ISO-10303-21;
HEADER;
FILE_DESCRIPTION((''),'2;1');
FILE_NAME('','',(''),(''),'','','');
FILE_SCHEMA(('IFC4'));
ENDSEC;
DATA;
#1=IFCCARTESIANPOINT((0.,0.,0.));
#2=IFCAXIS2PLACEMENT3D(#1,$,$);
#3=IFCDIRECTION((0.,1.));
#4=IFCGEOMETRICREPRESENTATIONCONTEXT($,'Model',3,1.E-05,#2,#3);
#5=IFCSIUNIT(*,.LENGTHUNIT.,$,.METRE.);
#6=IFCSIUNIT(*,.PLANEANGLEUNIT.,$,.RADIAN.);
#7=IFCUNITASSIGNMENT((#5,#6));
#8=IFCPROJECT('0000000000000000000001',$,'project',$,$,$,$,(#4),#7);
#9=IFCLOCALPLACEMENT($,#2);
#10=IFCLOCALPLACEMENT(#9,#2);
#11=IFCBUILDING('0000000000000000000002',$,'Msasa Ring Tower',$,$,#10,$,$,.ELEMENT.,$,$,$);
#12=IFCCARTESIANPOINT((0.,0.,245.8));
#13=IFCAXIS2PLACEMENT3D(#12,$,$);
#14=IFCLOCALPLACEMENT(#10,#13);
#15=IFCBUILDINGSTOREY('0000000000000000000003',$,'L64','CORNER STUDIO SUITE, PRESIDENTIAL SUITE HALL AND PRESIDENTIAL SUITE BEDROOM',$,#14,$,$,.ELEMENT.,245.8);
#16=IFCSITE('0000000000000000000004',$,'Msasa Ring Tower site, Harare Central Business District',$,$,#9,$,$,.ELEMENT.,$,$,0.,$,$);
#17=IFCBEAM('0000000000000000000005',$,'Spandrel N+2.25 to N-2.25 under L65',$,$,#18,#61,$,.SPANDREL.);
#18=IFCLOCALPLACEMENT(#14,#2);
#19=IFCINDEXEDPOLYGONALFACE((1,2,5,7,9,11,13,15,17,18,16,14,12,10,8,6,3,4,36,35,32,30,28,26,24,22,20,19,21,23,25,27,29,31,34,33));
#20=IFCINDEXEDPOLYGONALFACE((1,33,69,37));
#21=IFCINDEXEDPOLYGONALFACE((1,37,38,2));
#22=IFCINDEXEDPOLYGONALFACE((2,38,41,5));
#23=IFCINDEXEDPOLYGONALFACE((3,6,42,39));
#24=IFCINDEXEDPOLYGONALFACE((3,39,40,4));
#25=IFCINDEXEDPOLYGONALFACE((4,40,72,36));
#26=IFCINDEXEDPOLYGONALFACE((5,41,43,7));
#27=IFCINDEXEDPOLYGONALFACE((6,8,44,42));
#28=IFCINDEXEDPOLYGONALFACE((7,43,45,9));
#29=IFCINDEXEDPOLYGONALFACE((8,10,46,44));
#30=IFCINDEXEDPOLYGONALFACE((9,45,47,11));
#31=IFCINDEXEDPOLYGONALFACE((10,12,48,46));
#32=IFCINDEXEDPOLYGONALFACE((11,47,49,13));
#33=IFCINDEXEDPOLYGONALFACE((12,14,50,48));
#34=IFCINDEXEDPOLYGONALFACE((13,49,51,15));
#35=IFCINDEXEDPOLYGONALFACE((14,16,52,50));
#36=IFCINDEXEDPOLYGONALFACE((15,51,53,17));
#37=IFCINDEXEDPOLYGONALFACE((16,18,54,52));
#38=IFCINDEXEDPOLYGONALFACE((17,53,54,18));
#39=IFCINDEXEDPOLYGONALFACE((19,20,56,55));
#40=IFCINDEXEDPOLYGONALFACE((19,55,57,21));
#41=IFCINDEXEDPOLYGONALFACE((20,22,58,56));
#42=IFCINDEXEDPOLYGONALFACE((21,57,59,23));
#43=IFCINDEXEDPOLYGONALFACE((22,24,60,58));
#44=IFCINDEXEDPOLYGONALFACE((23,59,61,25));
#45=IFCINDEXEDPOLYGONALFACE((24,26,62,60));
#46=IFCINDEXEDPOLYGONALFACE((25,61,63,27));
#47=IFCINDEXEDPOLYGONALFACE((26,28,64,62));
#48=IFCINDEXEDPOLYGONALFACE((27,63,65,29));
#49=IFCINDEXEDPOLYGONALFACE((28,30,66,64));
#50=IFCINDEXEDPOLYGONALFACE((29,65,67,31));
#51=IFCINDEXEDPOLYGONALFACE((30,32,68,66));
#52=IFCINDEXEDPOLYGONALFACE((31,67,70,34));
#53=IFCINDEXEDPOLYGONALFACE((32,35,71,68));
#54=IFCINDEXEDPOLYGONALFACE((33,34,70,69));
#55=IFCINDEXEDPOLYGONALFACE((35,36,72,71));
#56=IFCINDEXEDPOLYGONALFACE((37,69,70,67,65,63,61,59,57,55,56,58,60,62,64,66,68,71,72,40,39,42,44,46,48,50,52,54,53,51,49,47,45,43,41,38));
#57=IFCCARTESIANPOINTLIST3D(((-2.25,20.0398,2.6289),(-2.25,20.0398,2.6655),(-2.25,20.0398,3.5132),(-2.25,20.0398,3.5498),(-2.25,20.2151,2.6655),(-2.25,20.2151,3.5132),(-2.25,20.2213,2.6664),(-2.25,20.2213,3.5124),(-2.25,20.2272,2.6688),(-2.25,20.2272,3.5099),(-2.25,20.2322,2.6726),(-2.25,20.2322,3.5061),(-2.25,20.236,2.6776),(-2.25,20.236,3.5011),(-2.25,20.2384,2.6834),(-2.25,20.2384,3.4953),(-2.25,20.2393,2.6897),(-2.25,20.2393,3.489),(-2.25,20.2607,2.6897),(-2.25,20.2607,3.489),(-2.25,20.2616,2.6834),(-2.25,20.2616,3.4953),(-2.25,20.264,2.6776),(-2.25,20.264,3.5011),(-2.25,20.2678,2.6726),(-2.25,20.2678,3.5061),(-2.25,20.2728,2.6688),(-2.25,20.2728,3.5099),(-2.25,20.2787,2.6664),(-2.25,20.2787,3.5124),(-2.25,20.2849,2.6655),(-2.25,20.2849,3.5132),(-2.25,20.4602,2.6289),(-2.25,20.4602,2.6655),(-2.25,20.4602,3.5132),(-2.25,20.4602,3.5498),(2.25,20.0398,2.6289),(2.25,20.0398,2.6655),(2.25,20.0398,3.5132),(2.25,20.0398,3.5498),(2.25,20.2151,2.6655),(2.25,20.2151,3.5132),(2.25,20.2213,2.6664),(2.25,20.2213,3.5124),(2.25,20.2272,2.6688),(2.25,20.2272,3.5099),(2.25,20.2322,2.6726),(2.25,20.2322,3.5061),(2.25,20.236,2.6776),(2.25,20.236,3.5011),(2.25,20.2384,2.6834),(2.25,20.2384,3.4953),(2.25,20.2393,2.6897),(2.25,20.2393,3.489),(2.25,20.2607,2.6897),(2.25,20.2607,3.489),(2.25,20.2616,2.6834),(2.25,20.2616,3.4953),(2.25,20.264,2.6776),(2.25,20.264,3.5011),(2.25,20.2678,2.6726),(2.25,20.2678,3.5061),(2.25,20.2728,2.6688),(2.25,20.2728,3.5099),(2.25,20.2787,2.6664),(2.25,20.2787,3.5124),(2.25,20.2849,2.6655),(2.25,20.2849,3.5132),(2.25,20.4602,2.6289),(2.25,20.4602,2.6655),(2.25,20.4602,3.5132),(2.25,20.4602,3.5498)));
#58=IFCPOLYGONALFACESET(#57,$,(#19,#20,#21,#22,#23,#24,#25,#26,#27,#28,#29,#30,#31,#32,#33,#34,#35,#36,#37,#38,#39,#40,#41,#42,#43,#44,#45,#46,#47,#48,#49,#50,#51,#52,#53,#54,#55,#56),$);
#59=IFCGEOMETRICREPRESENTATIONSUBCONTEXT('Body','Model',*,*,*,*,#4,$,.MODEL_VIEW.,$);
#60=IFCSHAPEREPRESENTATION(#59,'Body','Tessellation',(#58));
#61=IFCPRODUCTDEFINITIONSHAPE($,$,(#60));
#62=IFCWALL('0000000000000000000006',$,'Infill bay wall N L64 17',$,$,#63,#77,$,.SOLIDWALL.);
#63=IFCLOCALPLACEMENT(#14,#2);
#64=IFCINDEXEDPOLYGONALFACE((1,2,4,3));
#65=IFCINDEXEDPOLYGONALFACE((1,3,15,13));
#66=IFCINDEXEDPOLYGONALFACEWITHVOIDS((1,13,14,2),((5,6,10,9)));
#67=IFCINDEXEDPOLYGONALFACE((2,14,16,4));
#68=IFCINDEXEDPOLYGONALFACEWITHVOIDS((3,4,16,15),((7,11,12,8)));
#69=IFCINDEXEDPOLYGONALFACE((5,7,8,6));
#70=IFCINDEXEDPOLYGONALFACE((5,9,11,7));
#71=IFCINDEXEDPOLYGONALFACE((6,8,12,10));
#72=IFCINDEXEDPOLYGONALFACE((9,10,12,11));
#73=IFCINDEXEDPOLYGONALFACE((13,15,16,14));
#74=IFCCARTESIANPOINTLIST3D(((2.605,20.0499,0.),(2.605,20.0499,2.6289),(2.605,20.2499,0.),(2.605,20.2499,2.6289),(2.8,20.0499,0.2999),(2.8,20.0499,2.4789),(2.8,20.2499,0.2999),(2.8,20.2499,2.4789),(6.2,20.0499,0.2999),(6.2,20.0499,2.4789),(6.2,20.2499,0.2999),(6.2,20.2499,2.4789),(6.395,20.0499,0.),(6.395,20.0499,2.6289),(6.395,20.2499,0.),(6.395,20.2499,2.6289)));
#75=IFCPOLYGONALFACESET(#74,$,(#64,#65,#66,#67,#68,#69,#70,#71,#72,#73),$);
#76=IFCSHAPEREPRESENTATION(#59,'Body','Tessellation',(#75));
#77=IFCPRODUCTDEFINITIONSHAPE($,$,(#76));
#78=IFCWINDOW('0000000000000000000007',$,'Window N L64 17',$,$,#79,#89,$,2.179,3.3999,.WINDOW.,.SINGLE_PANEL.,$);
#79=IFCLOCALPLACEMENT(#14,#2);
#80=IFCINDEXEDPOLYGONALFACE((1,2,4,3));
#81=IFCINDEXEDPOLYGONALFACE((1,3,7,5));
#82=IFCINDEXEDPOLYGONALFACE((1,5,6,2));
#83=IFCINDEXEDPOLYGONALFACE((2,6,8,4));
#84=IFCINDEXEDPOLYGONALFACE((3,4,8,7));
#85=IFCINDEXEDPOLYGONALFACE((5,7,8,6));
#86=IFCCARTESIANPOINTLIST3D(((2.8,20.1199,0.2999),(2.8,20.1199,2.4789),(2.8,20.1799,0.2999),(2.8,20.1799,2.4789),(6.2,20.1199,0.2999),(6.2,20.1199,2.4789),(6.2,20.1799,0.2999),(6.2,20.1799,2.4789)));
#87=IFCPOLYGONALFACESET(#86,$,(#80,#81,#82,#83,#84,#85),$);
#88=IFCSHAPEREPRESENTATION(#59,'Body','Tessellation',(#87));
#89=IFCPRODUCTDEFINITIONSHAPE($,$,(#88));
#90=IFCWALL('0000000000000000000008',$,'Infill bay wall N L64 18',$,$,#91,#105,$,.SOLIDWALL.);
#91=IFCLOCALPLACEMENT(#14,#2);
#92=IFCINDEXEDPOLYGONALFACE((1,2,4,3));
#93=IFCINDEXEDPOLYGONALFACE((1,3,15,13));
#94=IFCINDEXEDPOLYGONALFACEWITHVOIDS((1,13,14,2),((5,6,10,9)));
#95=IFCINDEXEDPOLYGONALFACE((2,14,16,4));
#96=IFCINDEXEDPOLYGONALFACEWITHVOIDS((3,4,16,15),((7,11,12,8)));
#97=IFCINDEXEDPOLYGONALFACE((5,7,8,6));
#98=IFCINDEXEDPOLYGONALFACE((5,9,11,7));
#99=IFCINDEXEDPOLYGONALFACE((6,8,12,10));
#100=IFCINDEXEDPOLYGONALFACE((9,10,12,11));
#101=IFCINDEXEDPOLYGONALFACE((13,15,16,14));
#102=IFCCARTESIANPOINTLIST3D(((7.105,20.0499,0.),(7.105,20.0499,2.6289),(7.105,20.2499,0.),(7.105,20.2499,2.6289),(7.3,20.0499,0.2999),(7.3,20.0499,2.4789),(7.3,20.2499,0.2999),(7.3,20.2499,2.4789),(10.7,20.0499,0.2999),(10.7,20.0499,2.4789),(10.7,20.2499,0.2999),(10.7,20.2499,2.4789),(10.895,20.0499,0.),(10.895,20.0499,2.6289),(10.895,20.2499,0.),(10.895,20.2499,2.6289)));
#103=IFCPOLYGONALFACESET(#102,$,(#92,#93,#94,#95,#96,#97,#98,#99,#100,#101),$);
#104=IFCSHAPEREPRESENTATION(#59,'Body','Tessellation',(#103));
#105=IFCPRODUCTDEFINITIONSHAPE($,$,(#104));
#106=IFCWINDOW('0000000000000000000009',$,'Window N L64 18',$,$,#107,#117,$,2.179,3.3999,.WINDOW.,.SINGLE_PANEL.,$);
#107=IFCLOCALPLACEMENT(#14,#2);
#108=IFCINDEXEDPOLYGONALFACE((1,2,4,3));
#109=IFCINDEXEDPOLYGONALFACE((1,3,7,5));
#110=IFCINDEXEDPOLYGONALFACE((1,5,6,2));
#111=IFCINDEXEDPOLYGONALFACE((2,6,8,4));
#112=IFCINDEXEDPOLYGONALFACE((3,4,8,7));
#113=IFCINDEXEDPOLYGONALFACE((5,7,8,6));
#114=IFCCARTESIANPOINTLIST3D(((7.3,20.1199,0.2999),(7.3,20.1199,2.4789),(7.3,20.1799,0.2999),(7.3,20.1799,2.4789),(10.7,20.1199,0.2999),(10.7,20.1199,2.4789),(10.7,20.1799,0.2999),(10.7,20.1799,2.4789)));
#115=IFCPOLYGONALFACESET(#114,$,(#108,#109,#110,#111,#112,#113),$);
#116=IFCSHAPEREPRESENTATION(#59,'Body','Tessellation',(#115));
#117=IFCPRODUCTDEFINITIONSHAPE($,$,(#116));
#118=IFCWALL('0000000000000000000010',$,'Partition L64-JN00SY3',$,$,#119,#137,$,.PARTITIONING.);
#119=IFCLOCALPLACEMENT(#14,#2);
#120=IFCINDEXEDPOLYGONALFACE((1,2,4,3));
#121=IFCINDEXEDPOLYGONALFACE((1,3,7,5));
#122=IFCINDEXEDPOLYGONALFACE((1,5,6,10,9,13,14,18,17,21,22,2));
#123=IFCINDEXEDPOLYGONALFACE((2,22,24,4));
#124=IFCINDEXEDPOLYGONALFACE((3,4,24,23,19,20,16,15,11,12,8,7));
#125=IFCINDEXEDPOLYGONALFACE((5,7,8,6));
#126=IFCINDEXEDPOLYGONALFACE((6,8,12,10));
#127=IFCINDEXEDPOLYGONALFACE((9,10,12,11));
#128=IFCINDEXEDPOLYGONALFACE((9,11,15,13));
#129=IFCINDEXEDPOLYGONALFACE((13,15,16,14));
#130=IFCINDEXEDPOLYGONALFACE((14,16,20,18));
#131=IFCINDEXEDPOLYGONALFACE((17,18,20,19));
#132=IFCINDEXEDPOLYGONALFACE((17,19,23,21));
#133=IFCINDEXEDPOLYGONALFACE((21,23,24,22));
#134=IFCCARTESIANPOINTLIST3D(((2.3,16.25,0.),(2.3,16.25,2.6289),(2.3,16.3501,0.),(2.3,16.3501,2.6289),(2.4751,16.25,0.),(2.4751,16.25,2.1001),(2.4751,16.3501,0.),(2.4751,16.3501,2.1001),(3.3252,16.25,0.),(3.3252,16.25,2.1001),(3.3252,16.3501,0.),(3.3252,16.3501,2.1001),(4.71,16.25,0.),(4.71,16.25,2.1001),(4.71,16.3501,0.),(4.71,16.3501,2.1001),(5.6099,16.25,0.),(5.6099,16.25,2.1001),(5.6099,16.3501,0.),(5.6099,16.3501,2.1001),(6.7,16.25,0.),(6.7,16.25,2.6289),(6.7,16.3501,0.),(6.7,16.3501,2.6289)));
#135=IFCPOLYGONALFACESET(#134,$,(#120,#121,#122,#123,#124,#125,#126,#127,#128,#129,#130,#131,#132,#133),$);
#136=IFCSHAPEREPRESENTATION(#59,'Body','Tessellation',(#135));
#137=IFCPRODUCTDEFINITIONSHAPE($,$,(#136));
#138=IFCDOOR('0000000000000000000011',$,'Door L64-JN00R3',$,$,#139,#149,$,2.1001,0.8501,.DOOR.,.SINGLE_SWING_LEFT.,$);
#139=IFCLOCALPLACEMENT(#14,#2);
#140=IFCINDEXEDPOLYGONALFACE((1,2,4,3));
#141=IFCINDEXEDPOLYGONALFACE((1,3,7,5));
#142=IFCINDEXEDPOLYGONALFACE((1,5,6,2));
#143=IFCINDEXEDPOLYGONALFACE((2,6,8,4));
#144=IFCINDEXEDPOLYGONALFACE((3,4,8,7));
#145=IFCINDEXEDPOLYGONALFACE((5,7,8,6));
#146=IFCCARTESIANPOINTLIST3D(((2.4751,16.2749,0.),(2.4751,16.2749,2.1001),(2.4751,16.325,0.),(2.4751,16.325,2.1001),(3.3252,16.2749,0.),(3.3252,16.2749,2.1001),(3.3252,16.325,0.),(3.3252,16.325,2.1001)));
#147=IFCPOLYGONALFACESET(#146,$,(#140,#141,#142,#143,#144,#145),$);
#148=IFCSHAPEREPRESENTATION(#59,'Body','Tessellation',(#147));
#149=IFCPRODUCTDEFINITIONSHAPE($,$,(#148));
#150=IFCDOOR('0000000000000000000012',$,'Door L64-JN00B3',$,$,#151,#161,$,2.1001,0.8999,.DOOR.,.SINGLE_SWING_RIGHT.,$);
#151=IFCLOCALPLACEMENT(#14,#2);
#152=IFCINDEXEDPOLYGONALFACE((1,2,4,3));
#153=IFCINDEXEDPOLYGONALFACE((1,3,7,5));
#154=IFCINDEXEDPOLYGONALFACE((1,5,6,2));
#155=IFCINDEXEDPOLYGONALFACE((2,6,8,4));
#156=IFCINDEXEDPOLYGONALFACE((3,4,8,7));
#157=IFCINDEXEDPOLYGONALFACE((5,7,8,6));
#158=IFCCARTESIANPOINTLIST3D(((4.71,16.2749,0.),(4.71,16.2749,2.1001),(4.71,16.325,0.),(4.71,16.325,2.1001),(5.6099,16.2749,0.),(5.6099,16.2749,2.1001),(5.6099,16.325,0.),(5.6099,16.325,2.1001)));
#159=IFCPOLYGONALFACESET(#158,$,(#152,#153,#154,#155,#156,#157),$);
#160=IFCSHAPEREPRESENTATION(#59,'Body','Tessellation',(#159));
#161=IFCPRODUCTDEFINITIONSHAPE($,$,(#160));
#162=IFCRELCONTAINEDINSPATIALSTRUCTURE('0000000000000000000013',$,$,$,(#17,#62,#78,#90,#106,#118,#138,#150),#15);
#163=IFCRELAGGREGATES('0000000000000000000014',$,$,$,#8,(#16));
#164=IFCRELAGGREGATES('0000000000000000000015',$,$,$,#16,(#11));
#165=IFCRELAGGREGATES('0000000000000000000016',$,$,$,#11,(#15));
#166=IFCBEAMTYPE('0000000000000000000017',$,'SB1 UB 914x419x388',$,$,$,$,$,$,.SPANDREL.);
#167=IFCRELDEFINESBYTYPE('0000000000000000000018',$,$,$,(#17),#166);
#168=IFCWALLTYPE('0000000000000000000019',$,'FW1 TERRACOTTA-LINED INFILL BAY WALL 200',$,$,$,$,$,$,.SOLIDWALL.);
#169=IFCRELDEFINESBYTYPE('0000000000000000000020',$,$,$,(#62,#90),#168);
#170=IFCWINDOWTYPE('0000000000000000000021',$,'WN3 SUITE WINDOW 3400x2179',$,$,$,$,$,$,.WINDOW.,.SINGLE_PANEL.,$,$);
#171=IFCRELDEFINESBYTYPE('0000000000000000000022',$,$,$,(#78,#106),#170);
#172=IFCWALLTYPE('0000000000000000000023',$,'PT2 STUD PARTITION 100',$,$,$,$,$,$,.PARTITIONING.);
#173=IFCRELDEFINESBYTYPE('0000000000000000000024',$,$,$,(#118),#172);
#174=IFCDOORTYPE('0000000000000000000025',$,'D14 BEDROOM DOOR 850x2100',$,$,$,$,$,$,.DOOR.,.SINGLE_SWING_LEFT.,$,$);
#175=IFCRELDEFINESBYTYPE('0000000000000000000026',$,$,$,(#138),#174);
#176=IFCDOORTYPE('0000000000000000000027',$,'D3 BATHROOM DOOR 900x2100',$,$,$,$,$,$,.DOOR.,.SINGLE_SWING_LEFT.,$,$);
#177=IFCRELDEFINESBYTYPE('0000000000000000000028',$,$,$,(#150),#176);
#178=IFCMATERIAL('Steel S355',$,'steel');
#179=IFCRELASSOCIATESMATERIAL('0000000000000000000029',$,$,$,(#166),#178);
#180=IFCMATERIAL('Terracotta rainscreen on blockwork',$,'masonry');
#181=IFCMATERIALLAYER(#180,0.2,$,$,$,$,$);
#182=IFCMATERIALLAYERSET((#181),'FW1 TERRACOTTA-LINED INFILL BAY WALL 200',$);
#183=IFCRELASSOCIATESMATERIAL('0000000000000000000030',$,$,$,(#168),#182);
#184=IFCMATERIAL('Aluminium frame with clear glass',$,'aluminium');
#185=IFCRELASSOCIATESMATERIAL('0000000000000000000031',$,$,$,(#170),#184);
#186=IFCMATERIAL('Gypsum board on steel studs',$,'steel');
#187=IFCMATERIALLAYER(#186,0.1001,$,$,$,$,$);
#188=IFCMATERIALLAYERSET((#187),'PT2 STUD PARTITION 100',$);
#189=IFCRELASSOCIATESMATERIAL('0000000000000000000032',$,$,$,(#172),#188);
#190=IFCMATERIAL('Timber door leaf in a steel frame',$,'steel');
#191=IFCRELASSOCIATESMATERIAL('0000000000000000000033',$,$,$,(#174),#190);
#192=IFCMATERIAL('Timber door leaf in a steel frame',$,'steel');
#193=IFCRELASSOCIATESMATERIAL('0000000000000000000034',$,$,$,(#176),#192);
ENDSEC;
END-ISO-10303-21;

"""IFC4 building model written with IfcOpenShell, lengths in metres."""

from ifc_helpers import new_model, si_unit, direction, frame, frame_2d, origin, origin_2d, place, context, subcontext, project, spatial, rectangle, i_section, extrude, material, layer, layer_set, material_profile, profile_set, type_object, element, fill, save


model = new_model("IFC4")

# Units and contexts
model_context = context("Model", 3, precision=1e-05, world=origin(), true_north=direction((0.0, 1.0)))
body_context = subcontext(model_context, "Body", "Model", "MODEL_VIEW")
ifc_project = project(units=[si_unit("LENGTHUNIT", "METRE"), si_unit("PLANEANGLEUNIT", "RADIAN")], contexts=[model_context])

# Site, building, storey
site_placement = place(None, origin())
site = spatial("IfcSite", under=ifc_project, at=site_placement, Name="Msasa Ring Tower site, Harare Central Business District", CompositionType="ELEMENT", RefElevation=0.0)
building_placement = place(site_placement, origin())
building = spatial("IfcBuilding", under=site, at=building_placement, Name="Msasa Ring Tower", CompositionType="ELEMENT")
storey_placement = place(building_placement, frame((0.0, 0.0, 245.8)))
storey = spatial("IfcBuildingStorey", under=building, at=storey_placement, Name="L64", Description="CORNER STUDIO SUITE, PRESIDENTIAL SUITE HALL AND PRESIDENTIAL SUITE BEDROOM", CompositionType="ELEMENT", Elevation=245.8)

# Beam
ifc_material_1 = material(Name="Steel S355", Category="steel")
ifc_material_profile_1 = material_profile(ifc_material_1, i_section(OverallWidth=0.4204, OverallDepth=0.9209, WebThickness=0.0215, FlangeThickness=0.0366, FilletRadius=0.0242, at=origin_2d()), Name="UB 914x419x388")
ifc_profile_set_1 = profile_set([ifc_material_profile_1], Name="Steel S355")
beam_type_1 = type_object("IfcBeamType", Name="SB1 UB 914x419x388", PredefinedType="SPANDREL", material=ifc_profile_set_1)
for number, where, z_axis, x_axis, name in (
    (1, (2.25, 20.25, 3.0894), (-1.0, 0.0, 0.0), (0.0, -1.0, 0.0), "Spandrel N+2.25 to N-2.25 under L65"),
):
    element("IfcBeam", number, at=place(storey_placement, frame(where, z_axis=z_axis, x_axis=x_axis)), inside=storey, type_object=beam_type_1, Name=name, PredefinedType="SPANDREL", context=body_context, shape_type="SweptSolid", body=[
        extrude(i_section(OverallWidth=0.4204, OverallDepth=0.9209, WebThickness=0.0215, FlangeThickness=0.0366, FilletRadius=0.0242, at=origin_2d()), origin(), (0.0, 0.0, 1.0), 4.5),
    ])

# Walls, openings, windows
ifc_material_2 = material(Name="Terracotta rainscreen on blockwork", Category="masonry")
ifc_layer_1 = layer(ifc_material_2, 0.2)
ifc_layer_set_1 = layer_set([ifc_layer_1], Name="FW1 TERRACOTTA-LINED INFILL BAY WALL 200")
wall_type_1 = type_object("IfcWallType", Name="FW1 TERRACOTTA-LINED INFILL BAY WALL 200", PredefinedType="SOLIDWALL", material=ifc_layer_set_1)
wall_1_placement = place(storey_placement, frame((2.605, 20.1499, 0.0), z_axis=(0.0, 0.0, 1.0), x_axis=(1.0, 0.0, 0.0)))
wall_1 = element("IfcWall", 2, at=wall_1_placement, inside=storey, type_object=wall_type_1, Name="Infill bay wall N L64 17", PredefinedType="SOLIDWALL", context=body_context, shape_type="SweptSolid", body=[
    extrude(rectangle(XDim=3.79, YDim=0.2, at=frame_2d((1.895, 0.0))), origin(), (0.0, 0.0, 1.0), 2.6289),
])
opening_1_placement = place(wall_1_placement, frame((0.1951, 0.0, 0.3)))
opening_1 = element("IfcOpeningElement", 3, at=opening_1_placement, cuts=wall_1, PredefinedType="OPENING", context=body_context, shape_type="SweptSolid", body=[
    extrude(rectangle(XDim=3.3999, YDim=2.179, at=frame_2d((1.7, 1.0894))), frame((0.0, 0.1099, 0.0), z_axis=(0.0, -1.0, 0.0), x_axis=(1.0, 0.0, 0.0)), (0.0, 0.0, 1.0), 0.22),
])
ifc_material_3 = material(Name="Aluminium frame with clear glass", Category="aluminium")
window_type = type_object("IfcWindowType", Name="WN3 SUITE WINDOW 3400x2179", PartitioningType="SINGLE_PANEL", PredefinedType="WINDOW", material=ifc_material_3)
window_1_placement = place(opening_1_placement, origin())
window_1 = element("IfcWindow", 4, at=window_1_placement, inside=storey, type_object=window_type, Name="Window N L64 17", OverallHeight=2.179, OverallWidth=3.3999, PartitioningType="SINGLE_PANEL", PredefinedType="WINDOW", context=body_context, shape_type="SweptSolid", body=[
    extrude(rectangle(XDim=3.3999, YDim=2.179, at=frame_2d((1.7, 1.0894))), frame((0.0, 0.03, 0.0), z_axis=(0.0, -1.0, 0.0), x_axis=(1.0, 0.0, 0.0)), (0.0, 0.0, 1.0), 0.0601),
])
fill(opening_1, window_1)
wall_2_placement = place(storey_placement, frame((7.105, 20.1499, 0.0), z_axis=(0.0, 0.0, 1.0), x_axis=(1.0, 0.0, 0.0)))
wall_2 = element("IfcWall", 5, at=wall_2_placement, inside=storey, type_object=wall_type_1, Name="Infill bay wall N L64 18", PredefinedType="SOLIDWALL", context=body_context, shape_type="SweptSolid", body=[
    extrude(rectangle(XDim=3.79, YDim=0.2, at=frame_2d((1.895, 0.0))), origin(), (0.0, 0.0, 1.0), 2.6289),
])
opening_2_placement = place(wall_2_placement, frame((0.1951, 0.0, 0.3)))
opening_2 = element("IfcOpeningElement", 6, at=opening_2_placement, cuts=wall_2, PredefinedType="OPENING", context=body_context, shape_type="SweptSolid", body=[
    extrude(rectangle(XDim=3.3999, YDim=2.179, at=frame_2d((1.7, 1.0894))), frame((0.0, 0.1099, 0.0), z_axis=(0.0, -1.0, 0.0), x_axis=(1.0, 0.0, 0.0)), (0.0, 0.0, 1.0), 0.22),
])
window_2_placement = place(opening_2_placement, origin())
window_2 = element("IfcWindow", 7, at=window_2_placement, inside=storey, type_object=window_type, Name="Window N L64 18", OverallHeight=2.179, OverallWidth=3.3999, PartitioningType="SINGLE_PANEL", PredefinedType="WINDOW", context=body_context, shape_type="SweptSolid", body=[
    extrude(rectangle(XDim=3.3999, YDim=2.179, at=frame_2d((1.7, 1.0894))), frame((0.0, 0.03, 0.0), z_axis=(0.0, -1.0, 0.0), x_axis=(1.0, 0.0, 0.0)), (0.0, 0.0, 1.0), 0.0601),
])
fill(opening_2, window_2)

# Wall, openings, doors
ifc_material_4 = material(Name="Gypsum board on steel studs", Category="steel")
ifc_layer_2 = layer(ifc_material_4, 0.1001)
ifc_layer_set_2 = layer_set([ifc_layer_2], Name="PT2 STUD PARTITION 100")
wall_type_2 = type_object("IfcWallType", Name="PT2 STUD PARTITION 100", PredefinedType="PARTITIONING", material=ifc_layer_set_2)
wall_3_placement = place(storey_placement, frame((2.3, 16.3, 0.0), z_axis=(0.0, 0.0, 1.0), x_axis=(1.0, 0.0, 0.0)))
wall_3 = element("IfcWall", 8, at=wall_3_placement, inside=storey, type_object=wall_type_2, Name="Partition L64-JN00SY3", PredefinedType="PARTITIONING", context=body_context, shape_type="SweptSolid", body=[
    extrude(rectangle(XDim=4.3999, YDim=0.1001, at=frame_2d((2.2, 0.0))), origin(), (0.0, 0.0, 1.0), 2.6289),
])
opening_3_placement = place(wall_3_placement, frame((0.175, 0.0, 0.0)))
opening_3 = element("IfcOpeningElement", 9, at=opening_3_placement, cuts=wall_3, PredefinedType="OPENING", context=body_context, shape_type="SweptSolid", body=[
    extrude(rectangle(XDim=0.8501, YDim=2.1001, at=frame_2d((0.425, 1.05))), frame((0.0, 0.0601, 0.0), z_axis=(0.0, -1.0, 0.0), x_axis=(1.0, 0.0, 0.0)), (0.0, 0.0, 1.0), 0.1201),
])
opening_4_placement = place(wall_3_placement, frame((2.4099, 0.0, 0.0)))
opening_4 = element("IfcOpeningElement", 10, at=opening_4_placement, cuts=wall_3, PredefinedType="OPENING", context=body_context, shape_type="SweptSolid", body=[
    extrude(rectangle(XDim=0.8999, YDim=2.1001, at=frame_2d((0.45, 1.05))), frame((0.0, 0.0601, 0.0), z_axis=(0.0, -1.0, 0.0), x_axis=(1.0, 0.0, 0.0)), (0.0, 0.0, 1.0), 0.1201),
])
ifc_material_5 = material(Name="Timber door leaf in a steel frame", Category="steel")
door_type_1 = type_object("IfcDoorType", Name="D14 BEDROOM DOOR 850x2100", OperationType="SINGLE_SWING_LEFT", PredefinedType="DOOR", material=ifc_material_5)
door_1_placement = place(opening_3_placement, origin())
door_1 = element("IfcDoor", 11, at=door_1_placement, inside=storey, type_object=door_type_1, Name="Door L64-JN00R3", OperationType="SINGLE_SWING_LEFT", OverallHeight=2.1001, OverallWidth=0.8501, PredefinedType="DOOR", context=body_context, shape_type="SweptSolid", body=[
    extrude(rectangle(XDim=0.8501, YDim=2.1001, at=frame_2d((0.425, 1.05))), frame((0.0, 0.0249, 0.0), z_axis=(0.0, -1.0, 0.0), x_axis=(1.0, 0.0, 0.0)), (0.0, 0.0, 1.0), 0.05),
])
fill(opening_3, door_1)
ifc_material_6 = material(Name="Timber door leaf in a steel frame", Category="steel")
door_type_2 = type_object("IfcDoorType", Name="D3 BATHROOM DOOR 900x2100", OperationType="SINGLE_SWING_LEFT", PredefinedType="DOOR", material=ifc_material_6)
door_2_placement = place(opening_4_placement, origin())
door_2 = element("IfcDoor", 12, at=door_2_placement, inside=storey, type_object=door_type_2, Name="Door L64-JN00B3", OperationType="SINGLE_SWING_RIGHT", OverallHeight=2.1001, OverallWidth=0.8999, PredefinedType="DOOR", context=body_context, shape_type="SweptSolid", body=[
    extrude(rectangle(XDim=0.8999, YDim=2.1001, at=frame_2d((0.45, 1.05))), frame((0.0, 0.0249, 0.0), z_axis=(0.0, -1.0, 0.0), x_axis=(1.0, 0.0, 0.0)), (0.0, 0.0, 1.0), 0.05),
])
fill(opening_4, door_2)

save(model, "model.ifc")
